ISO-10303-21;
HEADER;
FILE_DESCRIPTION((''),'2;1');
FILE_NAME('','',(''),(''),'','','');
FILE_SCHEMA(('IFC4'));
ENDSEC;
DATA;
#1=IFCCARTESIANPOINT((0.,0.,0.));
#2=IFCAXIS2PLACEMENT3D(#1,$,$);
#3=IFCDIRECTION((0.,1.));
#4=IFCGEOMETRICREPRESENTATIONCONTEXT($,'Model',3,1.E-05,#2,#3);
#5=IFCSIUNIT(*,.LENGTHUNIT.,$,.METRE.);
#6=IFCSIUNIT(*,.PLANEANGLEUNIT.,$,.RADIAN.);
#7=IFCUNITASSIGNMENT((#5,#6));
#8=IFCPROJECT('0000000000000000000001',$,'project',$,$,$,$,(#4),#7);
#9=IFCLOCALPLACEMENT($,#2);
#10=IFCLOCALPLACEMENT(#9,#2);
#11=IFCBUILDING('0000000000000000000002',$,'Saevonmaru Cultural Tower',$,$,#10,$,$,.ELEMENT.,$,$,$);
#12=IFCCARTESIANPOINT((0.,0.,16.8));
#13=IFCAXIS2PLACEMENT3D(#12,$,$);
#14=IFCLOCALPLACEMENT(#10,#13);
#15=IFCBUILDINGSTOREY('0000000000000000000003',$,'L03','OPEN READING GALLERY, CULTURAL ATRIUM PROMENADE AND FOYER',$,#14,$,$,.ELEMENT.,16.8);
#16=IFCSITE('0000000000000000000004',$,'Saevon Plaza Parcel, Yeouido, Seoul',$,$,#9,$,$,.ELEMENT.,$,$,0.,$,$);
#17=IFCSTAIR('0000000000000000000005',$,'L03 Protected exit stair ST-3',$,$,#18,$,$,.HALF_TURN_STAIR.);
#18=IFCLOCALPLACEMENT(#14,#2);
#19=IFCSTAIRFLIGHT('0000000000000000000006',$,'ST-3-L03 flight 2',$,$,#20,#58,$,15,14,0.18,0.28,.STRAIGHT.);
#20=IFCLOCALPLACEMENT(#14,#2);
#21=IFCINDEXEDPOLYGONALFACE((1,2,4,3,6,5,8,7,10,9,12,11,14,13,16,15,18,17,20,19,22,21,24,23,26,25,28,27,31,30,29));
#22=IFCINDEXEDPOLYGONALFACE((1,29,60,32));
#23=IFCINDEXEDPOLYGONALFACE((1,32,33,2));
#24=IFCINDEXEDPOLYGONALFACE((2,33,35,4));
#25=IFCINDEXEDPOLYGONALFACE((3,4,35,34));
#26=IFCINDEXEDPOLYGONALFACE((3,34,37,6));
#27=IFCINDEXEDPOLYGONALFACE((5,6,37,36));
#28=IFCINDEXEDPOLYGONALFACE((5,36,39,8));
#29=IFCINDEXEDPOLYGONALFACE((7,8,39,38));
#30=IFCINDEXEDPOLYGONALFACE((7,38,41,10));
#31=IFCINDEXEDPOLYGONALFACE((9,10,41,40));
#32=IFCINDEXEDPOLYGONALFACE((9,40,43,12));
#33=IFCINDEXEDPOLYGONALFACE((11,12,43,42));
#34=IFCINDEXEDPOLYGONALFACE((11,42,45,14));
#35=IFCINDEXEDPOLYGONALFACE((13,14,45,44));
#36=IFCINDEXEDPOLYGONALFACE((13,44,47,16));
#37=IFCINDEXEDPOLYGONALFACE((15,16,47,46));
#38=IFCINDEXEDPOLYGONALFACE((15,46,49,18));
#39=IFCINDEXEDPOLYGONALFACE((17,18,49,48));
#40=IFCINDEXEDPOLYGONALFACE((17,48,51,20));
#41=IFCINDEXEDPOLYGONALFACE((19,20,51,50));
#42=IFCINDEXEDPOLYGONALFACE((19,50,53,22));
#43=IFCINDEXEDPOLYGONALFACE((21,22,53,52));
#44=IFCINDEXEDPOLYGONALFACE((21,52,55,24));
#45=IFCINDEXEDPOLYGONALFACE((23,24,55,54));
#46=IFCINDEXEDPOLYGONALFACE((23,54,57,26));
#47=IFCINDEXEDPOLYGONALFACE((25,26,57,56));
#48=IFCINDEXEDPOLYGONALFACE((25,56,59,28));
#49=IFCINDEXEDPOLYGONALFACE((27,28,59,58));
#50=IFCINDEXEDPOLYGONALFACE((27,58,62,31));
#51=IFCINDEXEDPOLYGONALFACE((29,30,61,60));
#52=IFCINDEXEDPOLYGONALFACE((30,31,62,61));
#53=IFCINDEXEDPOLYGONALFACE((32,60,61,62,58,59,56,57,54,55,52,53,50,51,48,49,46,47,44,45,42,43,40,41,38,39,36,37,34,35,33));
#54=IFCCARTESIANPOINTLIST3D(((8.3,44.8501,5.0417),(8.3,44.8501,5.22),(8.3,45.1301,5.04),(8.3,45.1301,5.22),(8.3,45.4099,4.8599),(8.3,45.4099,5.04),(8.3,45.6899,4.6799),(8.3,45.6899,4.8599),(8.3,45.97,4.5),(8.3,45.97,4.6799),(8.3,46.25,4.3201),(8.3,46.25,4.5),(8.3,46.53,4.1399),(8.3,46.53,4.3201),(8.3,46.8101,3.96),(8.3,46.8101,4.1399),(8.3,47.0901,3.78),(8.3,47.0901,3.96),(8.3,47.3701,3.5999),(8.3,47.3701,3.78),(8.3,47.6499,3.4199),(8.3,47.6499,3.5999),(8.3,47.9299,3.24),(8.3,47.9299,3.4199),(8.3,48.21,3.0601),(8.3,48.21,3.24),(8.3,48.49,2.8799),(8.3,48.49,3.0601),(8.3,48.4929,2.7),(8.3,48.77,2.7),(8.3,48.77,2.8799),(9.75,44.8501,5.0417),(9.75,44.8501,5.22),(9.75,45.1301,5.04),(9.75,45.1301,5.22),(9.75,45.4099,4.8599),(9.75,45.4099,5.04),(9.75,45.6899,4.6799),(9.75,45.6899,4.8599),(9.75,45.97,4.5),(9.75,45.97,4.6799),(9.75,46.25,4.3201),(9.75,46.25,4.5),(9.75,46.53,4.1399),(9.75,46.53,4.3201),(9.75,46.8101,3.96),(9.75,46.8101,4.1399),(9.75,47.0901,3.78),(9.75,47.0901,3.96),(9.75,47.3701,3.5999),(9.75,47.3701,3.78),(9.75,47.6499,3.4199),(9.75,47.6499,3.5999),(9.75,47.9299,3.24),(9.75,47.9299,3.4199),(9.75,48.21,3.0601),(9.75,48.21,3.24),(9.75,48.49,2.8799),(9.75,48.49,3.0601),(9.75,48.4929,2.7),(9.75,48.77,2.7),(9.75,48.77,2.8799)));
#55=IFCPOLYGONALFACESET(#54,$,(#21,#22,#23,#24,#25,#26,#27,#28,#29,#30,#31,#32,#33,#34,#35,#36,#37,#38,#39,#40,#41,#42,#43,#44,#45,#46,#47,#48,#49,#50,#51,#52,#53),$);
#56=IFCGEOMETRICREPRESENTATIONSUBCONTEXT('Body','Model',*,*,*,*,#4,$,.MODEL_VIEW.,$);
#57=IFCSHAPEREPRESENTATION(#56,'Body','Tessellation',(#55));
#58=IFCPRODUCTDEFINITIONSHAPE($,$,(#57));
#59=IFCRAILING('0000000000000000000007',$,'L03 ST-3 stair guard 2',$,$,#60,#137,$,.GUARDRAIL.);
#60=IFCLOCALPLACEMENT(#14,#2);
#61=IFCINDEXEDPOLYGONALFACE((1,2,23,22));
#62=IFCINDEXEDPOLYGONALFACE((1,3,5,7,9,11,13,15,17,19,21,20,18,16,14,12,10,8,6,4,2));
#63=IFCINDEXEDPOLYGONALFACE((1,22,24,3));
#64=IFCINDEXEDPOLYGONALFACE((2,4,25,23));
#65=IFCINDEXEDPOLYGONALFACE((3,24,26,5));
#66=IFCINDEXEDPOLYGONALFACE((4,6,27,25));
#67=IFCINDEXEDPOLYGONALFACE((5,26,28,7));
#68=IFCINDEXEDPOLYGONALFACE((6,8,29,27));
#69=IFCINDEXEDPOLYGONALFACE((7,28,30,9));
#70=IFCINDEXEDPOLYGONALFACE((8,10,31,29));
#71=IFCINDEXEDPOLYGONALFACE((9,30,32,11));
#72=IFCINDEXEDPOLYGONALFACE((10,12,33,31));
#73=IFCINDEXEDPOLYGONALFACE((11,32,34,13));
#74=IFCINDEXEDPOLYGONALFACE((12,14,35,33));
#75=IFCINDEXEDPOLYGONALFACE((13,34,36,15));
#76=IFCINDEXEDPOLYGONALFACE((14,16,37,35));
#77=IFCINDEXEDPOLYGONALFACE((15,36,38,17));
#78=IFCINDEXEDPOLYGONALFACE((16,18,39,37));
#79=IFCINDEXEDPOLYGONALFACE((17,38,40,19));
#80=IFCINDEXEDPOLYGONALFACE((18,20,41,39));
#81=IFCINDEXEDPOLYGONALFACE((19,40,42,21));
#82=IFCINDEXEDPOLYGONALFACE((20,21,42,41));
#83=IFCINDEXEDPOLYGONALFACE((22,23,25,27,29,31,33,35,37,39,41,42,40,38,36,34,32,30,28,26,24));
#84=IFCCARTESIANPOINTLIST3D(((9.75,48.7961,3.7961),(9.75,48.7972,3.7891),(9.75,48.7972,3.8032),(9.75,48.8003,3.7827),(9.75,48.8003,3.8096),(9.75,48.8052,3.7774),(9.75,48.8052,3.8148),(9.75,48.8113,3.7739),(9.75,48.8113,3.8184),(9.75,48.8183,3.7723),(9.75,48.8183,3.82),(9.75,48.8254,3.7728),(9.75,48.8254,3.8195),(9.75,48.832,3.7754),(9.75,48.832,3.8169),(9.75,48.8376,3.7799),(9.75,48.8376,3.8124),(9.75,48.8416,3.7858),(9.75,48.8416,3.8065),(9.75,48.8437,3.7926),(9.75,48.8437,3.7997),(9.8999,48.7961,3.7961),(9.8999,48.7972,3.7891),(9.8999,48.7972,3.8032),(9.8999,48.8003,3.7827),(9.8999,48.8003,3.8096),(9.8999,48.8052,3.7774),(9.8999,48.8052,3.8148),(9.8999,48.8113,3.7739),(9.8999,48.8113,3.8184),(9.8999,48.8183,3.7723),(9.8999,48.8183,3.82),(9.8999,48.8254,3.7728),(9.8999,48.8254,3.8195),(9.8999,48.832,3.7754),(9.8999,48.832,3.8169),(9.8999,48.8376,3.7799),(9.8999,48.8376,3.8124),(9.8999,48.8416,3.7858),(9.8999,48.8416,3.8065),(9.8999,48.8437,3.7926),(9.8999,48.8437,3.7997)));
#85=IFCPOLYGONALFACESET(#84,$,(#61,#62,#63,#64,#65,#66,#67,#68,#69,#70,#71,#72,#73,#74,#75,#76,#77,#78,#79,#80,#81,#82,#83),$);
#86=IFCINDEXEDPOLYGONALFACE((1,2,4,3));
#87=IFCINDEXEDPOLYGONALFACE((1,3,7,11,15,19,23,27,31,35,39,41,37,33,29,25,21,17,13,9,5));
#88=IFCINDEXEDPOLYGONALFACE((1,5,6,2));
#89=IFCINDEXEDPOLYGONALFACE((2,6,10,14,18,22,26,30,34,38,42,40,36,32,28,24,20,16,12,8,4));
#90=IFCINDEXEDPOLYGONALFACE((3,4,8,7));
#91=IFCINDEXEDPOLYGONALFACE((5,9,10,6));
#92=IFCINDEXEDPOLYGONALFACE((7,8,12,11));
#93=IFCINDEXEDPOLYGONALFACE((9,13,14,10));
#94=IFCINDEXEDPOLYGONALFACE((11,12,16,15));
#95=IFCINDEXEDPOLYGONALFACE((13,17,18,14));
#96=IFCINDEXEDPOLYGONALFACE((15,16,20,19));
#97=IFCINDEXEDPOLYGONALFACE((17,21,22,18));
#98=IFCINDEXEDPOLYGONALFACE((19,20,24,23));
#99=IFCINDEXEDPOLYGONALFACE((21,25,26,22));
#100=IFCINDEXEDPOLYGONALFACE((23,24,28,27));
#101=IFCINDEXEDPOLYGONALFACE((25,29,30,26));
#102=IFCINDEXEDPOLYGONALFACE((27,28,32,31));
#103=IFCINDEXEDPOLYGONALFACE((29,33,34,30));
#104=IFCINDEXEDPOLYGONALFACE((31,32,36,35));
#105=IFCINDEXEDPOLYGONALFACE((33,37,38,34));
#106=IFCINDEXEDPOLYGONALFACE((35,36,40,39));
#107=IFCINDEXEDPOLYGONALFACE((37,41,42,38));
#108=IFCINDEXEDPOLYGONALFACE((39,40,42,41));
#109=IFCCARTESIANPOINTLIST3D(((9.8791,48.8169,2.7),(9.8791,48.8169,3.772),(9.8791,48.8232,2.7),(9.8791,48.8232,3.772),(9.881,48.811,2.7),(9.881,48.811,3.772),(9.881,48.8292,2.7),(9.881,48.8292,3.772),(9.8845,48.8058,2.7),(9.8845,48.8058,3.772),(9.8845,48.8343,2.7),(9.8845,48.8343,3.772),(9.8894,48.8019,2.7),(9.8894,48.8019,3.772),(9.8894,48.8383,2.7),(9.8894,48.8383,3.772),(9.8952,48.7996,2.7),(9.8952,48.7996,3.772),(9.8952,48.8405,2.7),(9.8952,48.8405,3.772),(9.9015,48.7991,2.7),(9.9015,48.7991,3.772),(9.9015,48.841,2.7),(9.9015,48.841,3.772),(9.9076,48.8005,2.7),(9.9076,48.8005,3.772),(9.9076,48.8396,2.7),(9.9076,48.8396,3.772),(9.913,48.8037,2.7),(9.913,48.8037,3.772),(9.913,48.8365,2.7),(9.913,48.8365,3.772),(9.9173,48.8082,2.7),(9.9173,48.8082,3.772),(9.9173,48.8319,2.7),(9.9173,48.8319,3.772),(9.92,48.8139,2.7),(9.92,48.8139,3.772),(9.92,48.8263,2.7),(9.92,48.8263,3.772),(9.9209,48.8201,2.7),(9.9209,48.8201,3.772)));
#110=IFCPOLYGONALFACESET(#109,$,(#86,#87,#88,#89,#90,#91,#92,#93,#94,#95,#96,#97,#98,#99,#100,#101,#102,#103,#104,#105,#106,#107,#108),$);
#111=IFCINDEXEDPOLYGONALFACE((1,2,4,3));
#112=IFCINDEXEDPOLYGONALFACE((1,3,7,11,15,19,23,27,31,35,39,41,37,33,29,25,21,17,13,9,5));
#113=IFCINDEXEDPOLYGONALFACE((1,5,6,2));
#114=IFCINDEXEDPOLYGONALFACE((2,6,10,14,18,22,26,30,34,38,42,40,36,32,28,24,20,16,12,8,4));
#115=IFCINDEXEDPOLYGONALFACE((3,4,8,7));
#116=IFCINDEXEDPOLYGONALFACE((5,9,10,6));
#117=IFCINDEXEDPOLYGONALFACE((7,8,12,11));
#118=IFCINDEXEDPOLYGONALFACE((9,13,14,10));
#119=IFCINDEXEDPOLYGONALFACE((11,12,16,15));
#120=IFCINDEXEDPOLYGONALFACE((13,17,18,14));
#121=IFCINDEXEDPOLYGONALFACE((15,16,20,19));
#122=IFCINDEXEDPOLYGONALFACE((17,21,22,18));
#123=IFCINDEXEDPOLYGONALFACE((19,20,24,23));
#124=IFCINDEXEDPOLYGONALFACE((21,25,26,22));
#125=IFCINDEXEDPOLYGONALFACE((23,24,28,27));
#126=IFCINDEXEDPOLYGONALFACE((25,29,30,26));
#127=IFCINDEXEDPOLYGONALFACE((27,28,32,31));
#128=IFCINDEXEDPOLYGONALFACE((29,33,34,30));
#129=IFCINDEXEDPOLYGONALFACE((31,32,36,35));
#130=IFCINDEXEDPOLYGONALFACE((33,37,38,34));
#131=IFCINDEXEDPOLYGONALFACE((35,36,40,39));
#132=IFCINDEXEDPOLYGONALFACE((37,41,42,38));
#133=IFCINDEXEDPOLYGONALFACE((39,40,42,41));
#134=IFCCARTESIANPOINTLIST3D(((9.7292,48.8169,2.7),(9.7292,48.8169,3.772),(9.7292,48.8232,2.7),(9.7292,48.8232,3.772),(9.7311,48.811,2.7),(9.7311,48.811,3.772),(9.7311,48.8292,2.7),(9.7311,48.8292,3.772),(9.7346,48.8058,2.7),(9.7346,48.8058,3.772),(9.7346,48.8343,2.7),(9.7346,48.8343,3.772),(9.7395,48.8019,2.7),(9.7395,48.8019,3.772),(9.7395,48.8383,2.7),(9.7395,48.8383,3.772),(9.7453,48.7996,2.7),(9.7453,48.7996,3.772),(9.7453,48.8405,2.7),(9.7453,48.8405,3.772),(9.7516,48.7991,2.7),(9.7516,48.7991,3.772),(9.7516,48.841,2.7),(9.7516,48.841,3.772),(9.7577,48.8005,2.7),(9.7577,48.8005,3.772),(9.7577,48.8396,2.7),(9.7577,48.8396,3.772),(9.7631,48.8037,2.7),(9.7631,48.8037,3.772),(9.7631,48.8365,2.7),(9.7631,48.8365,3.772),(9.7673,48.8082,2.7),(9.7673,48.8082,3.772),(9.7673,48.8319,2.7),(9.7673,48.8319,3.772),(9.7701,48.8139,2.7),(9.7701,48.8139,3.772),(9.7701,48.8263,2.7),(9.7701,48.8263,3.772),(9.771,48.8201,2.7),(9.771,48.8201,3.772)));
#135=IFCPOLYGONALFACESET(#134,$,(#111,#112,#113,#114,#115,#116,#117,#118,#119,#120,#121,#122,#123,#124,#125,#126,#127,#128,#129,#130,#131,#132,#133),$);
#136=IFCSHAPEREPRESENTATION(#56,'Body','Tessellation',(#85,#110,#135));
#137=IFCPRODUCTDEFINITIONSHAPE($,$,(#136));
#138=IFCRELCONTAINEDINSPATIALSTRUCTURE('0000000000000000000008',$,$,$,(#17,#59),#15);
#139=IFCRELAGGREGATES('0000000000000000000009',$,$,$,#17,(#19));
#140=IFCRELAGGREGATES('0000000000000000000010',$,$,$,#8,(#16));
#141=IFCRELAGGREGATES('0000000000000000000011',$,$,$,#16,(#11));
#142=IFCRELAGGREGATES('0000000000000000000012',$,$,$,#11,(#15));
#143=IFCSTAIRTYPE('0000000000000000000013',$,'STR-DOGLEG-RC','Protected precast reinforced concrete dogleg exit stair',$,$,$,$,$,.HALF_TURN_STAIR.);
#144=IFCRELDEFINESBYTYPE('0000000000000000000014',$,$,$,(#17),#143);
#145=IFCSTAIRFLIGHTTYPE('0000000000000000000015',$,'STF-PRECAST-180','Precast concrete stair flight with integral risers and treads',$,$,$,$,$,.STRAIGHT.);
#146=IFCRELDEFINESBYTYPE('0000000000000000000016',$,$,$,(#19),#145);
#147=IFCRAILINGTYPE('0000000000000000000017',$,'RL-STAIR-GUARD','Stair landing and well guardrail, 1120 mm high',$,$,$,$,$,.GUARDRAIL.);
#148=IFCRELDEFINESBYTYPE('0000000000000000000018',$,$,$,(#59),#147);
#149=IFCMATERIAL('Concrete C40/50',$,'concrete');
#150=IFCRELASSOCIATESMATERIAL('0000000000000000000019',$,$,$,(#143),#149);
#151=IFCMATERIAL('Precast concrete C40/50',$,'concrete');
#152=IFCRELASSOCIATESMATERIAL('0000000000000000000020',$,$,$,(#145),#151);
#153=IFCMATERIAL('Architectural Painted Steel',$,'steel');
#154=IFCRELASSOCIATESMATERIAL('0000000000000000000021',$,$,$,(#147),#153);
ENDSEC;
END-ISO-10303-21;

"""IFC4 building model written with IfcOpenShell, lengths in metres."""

from ifc_helpers import new_model, si_unit, direction, frame, origin, origin_2d, place, context, subcontext, project, spatial, polyline, circle, outline, extrude, material, type_object, element, aggregate, save


model = new_model("IFC4")

# Units and contexts
model_context = context("Model", 3, precision=1e-05, world=origin(), true_north=direction((0.0, 1.0)))
body_context = subcontext(model_context, "Body", "Model", "MODEL_VIEW")
ifc_project = project(units=[si_unit("LENGTHUNIT", "METRE"), si_unit("PLANEANGLEUNIT", "RADIAN")], contexts=[model_context])

# Site, building, storey
site_placement = place(None, origin())
site = spatial("IfcSite", under=ifc_project, at=site_placement, Name="Saevon Plaza Parcel, Yeouido, Seoul", CompositionType="ELEMENT", RefElevation=0.0)
building_placement = place(site_placement, origin())
building = spatial("IfcBuilding", under=site, at=building_placement, Name="Saevonmaru Cultural Tower", CompositionType="ELEMENT")
storey_placement = place(building_placement, frame((0.0, 0.0, 16.8)))
storey = spatial("IfcBuildingStorey", under=building, at=storey_placement, Name="L03", Description="OPEN READING GALLERY, CULTURAL ATRIUM PROMENADE AND FOYER", CompositionType="ELEMENT", Elevation=16.8)

# Shared definitions
ifc_material_1 = material(Name="Concrete C40/50", Category="concrete")

# Stair, stair flight
stair_type = type_object("IfcStairType", Name="STR-DOGLEG-RC", Description="Protected precast reinforced concrete dogleg exit stair", PredefinedType="HALF_TURN_STAIR", material=ifc_material_1)
stair_placement = place(storey_placement, origin())
stair = element("IfcStair", 1, at=stair_placement, inside=storey, type_object=stair_type, Name="L03 Protected exit stair ST-3", PredefinedType="HALF_TURN_STAIR")
ifc_material_2 = material(Name="Precast concrete C40/50", Category="concrete")
stair_flight_type = type_object("IfcStairFlightType", Name="STF-PRECAST-180", Description="Precast concrete stair flight with integral risers and treads", PredefinedType="STRAIGHT", material=ifc_material_2)
stair_flight_placement = place(storey_placement, frame((9.0249, 48.77, 2.7), z_axis=(0.0, 0.0, 1.0), x_axis=(0.0, -1.0, 0.0)))
stair_flight = element("IfcStairFlight", 2, at=stair_flight_placement, type_object=stair_flight_type, Name="ST-3-L03 flight 2", NumberOfRisers=15, NumberOfTreads=14, PredefinedType="STRAIGHT", RiserHeight=0.18, TreadLength=0.28, context=body_context, shape_type="SweptSolid", body=[
    extrude(outline(polyline([(0.0, 0.0), (0.0, 0.1799), (0.28, 0.1799), (0.28, 0.3601), (0.5601, 0.3601), (0.5601, 0.54), (0.8401, 0.54), (0.8401, 0.72), (1.1201, 0.72), (1.1201, 0.8999), (1.3999, 0.8999), (1.3999, 1.0801), (1.6799, 1.0801), (1.6799, 1.26), (1.96, 1.26), (1.96, 1.4399), (2.24, 1.4399), (2.24, 1.6201), (2.52, 1.6201), (2.52, 1.8), (2.8, 1.8), (2.8, 1.98), (3.0801, 1.98), (3.0801, 2.1599), (3.3601, 2.1599), (3.3601, 2.3401), (3.6399, 2.3401), (3.6399, 2.52), (3.9199, 2.52), (3.9199, 2.7), (3.9199, 2.3418), (0.2771, 0.0), (0.0, 0.0)])), frame((0.0, 0.7251, 0.0), z_axis=(0.0, -1.0, 0.0), x_axis=(1.0, 0.0, 0.0)), (0.0, 0.0, 1.0), 1.45),
])
aggregate(stair, [stair_flight])

# Railing
ifc_material_3 = material(Name="Architectural Painted Steel", Category="steel")
railing_type_1 = type_object("IfcRailingType", Name="RL-STAIR-GUARD", Description="Stair landing and well guardrail, 1120 mm high", PredefinedType="GUARDRAIL", material=ifc_material_3)
railing_1_placement = place(storey_placement, frame((9.8999, 48.8201, 2.7)))
element("IfcRailing", 3, at=railing_1_placement, inside=storey, type_object=railing_type_1, Name="L03 ST-3 stair guard 2", PredefinedType="GUARDRAIL", context=body_context, shape_type="SweptSolid", body=[
    extrude(circle(Radius=0.0239, at=origin_2d()), frame((0.0, 0.0, 1.0962), z_axis=(-1.0, 0.0, 0.0), x_axis=(0.0, -1.0, 0.0)), (0.0, 0.0, 1.0), 0.1499),
    extrude(circle(Radius=0.021, at=origin_2d()), origin(), (0.0, 0.0, 1.0), 1.072),
    extrude(circle(Radius=0.021, at=origin_2d()), frame((-0.1499, 0.0, 0.0)), (0.0, 0.0, 1.0), 1.072),
])

save(model, "model.ifc")
